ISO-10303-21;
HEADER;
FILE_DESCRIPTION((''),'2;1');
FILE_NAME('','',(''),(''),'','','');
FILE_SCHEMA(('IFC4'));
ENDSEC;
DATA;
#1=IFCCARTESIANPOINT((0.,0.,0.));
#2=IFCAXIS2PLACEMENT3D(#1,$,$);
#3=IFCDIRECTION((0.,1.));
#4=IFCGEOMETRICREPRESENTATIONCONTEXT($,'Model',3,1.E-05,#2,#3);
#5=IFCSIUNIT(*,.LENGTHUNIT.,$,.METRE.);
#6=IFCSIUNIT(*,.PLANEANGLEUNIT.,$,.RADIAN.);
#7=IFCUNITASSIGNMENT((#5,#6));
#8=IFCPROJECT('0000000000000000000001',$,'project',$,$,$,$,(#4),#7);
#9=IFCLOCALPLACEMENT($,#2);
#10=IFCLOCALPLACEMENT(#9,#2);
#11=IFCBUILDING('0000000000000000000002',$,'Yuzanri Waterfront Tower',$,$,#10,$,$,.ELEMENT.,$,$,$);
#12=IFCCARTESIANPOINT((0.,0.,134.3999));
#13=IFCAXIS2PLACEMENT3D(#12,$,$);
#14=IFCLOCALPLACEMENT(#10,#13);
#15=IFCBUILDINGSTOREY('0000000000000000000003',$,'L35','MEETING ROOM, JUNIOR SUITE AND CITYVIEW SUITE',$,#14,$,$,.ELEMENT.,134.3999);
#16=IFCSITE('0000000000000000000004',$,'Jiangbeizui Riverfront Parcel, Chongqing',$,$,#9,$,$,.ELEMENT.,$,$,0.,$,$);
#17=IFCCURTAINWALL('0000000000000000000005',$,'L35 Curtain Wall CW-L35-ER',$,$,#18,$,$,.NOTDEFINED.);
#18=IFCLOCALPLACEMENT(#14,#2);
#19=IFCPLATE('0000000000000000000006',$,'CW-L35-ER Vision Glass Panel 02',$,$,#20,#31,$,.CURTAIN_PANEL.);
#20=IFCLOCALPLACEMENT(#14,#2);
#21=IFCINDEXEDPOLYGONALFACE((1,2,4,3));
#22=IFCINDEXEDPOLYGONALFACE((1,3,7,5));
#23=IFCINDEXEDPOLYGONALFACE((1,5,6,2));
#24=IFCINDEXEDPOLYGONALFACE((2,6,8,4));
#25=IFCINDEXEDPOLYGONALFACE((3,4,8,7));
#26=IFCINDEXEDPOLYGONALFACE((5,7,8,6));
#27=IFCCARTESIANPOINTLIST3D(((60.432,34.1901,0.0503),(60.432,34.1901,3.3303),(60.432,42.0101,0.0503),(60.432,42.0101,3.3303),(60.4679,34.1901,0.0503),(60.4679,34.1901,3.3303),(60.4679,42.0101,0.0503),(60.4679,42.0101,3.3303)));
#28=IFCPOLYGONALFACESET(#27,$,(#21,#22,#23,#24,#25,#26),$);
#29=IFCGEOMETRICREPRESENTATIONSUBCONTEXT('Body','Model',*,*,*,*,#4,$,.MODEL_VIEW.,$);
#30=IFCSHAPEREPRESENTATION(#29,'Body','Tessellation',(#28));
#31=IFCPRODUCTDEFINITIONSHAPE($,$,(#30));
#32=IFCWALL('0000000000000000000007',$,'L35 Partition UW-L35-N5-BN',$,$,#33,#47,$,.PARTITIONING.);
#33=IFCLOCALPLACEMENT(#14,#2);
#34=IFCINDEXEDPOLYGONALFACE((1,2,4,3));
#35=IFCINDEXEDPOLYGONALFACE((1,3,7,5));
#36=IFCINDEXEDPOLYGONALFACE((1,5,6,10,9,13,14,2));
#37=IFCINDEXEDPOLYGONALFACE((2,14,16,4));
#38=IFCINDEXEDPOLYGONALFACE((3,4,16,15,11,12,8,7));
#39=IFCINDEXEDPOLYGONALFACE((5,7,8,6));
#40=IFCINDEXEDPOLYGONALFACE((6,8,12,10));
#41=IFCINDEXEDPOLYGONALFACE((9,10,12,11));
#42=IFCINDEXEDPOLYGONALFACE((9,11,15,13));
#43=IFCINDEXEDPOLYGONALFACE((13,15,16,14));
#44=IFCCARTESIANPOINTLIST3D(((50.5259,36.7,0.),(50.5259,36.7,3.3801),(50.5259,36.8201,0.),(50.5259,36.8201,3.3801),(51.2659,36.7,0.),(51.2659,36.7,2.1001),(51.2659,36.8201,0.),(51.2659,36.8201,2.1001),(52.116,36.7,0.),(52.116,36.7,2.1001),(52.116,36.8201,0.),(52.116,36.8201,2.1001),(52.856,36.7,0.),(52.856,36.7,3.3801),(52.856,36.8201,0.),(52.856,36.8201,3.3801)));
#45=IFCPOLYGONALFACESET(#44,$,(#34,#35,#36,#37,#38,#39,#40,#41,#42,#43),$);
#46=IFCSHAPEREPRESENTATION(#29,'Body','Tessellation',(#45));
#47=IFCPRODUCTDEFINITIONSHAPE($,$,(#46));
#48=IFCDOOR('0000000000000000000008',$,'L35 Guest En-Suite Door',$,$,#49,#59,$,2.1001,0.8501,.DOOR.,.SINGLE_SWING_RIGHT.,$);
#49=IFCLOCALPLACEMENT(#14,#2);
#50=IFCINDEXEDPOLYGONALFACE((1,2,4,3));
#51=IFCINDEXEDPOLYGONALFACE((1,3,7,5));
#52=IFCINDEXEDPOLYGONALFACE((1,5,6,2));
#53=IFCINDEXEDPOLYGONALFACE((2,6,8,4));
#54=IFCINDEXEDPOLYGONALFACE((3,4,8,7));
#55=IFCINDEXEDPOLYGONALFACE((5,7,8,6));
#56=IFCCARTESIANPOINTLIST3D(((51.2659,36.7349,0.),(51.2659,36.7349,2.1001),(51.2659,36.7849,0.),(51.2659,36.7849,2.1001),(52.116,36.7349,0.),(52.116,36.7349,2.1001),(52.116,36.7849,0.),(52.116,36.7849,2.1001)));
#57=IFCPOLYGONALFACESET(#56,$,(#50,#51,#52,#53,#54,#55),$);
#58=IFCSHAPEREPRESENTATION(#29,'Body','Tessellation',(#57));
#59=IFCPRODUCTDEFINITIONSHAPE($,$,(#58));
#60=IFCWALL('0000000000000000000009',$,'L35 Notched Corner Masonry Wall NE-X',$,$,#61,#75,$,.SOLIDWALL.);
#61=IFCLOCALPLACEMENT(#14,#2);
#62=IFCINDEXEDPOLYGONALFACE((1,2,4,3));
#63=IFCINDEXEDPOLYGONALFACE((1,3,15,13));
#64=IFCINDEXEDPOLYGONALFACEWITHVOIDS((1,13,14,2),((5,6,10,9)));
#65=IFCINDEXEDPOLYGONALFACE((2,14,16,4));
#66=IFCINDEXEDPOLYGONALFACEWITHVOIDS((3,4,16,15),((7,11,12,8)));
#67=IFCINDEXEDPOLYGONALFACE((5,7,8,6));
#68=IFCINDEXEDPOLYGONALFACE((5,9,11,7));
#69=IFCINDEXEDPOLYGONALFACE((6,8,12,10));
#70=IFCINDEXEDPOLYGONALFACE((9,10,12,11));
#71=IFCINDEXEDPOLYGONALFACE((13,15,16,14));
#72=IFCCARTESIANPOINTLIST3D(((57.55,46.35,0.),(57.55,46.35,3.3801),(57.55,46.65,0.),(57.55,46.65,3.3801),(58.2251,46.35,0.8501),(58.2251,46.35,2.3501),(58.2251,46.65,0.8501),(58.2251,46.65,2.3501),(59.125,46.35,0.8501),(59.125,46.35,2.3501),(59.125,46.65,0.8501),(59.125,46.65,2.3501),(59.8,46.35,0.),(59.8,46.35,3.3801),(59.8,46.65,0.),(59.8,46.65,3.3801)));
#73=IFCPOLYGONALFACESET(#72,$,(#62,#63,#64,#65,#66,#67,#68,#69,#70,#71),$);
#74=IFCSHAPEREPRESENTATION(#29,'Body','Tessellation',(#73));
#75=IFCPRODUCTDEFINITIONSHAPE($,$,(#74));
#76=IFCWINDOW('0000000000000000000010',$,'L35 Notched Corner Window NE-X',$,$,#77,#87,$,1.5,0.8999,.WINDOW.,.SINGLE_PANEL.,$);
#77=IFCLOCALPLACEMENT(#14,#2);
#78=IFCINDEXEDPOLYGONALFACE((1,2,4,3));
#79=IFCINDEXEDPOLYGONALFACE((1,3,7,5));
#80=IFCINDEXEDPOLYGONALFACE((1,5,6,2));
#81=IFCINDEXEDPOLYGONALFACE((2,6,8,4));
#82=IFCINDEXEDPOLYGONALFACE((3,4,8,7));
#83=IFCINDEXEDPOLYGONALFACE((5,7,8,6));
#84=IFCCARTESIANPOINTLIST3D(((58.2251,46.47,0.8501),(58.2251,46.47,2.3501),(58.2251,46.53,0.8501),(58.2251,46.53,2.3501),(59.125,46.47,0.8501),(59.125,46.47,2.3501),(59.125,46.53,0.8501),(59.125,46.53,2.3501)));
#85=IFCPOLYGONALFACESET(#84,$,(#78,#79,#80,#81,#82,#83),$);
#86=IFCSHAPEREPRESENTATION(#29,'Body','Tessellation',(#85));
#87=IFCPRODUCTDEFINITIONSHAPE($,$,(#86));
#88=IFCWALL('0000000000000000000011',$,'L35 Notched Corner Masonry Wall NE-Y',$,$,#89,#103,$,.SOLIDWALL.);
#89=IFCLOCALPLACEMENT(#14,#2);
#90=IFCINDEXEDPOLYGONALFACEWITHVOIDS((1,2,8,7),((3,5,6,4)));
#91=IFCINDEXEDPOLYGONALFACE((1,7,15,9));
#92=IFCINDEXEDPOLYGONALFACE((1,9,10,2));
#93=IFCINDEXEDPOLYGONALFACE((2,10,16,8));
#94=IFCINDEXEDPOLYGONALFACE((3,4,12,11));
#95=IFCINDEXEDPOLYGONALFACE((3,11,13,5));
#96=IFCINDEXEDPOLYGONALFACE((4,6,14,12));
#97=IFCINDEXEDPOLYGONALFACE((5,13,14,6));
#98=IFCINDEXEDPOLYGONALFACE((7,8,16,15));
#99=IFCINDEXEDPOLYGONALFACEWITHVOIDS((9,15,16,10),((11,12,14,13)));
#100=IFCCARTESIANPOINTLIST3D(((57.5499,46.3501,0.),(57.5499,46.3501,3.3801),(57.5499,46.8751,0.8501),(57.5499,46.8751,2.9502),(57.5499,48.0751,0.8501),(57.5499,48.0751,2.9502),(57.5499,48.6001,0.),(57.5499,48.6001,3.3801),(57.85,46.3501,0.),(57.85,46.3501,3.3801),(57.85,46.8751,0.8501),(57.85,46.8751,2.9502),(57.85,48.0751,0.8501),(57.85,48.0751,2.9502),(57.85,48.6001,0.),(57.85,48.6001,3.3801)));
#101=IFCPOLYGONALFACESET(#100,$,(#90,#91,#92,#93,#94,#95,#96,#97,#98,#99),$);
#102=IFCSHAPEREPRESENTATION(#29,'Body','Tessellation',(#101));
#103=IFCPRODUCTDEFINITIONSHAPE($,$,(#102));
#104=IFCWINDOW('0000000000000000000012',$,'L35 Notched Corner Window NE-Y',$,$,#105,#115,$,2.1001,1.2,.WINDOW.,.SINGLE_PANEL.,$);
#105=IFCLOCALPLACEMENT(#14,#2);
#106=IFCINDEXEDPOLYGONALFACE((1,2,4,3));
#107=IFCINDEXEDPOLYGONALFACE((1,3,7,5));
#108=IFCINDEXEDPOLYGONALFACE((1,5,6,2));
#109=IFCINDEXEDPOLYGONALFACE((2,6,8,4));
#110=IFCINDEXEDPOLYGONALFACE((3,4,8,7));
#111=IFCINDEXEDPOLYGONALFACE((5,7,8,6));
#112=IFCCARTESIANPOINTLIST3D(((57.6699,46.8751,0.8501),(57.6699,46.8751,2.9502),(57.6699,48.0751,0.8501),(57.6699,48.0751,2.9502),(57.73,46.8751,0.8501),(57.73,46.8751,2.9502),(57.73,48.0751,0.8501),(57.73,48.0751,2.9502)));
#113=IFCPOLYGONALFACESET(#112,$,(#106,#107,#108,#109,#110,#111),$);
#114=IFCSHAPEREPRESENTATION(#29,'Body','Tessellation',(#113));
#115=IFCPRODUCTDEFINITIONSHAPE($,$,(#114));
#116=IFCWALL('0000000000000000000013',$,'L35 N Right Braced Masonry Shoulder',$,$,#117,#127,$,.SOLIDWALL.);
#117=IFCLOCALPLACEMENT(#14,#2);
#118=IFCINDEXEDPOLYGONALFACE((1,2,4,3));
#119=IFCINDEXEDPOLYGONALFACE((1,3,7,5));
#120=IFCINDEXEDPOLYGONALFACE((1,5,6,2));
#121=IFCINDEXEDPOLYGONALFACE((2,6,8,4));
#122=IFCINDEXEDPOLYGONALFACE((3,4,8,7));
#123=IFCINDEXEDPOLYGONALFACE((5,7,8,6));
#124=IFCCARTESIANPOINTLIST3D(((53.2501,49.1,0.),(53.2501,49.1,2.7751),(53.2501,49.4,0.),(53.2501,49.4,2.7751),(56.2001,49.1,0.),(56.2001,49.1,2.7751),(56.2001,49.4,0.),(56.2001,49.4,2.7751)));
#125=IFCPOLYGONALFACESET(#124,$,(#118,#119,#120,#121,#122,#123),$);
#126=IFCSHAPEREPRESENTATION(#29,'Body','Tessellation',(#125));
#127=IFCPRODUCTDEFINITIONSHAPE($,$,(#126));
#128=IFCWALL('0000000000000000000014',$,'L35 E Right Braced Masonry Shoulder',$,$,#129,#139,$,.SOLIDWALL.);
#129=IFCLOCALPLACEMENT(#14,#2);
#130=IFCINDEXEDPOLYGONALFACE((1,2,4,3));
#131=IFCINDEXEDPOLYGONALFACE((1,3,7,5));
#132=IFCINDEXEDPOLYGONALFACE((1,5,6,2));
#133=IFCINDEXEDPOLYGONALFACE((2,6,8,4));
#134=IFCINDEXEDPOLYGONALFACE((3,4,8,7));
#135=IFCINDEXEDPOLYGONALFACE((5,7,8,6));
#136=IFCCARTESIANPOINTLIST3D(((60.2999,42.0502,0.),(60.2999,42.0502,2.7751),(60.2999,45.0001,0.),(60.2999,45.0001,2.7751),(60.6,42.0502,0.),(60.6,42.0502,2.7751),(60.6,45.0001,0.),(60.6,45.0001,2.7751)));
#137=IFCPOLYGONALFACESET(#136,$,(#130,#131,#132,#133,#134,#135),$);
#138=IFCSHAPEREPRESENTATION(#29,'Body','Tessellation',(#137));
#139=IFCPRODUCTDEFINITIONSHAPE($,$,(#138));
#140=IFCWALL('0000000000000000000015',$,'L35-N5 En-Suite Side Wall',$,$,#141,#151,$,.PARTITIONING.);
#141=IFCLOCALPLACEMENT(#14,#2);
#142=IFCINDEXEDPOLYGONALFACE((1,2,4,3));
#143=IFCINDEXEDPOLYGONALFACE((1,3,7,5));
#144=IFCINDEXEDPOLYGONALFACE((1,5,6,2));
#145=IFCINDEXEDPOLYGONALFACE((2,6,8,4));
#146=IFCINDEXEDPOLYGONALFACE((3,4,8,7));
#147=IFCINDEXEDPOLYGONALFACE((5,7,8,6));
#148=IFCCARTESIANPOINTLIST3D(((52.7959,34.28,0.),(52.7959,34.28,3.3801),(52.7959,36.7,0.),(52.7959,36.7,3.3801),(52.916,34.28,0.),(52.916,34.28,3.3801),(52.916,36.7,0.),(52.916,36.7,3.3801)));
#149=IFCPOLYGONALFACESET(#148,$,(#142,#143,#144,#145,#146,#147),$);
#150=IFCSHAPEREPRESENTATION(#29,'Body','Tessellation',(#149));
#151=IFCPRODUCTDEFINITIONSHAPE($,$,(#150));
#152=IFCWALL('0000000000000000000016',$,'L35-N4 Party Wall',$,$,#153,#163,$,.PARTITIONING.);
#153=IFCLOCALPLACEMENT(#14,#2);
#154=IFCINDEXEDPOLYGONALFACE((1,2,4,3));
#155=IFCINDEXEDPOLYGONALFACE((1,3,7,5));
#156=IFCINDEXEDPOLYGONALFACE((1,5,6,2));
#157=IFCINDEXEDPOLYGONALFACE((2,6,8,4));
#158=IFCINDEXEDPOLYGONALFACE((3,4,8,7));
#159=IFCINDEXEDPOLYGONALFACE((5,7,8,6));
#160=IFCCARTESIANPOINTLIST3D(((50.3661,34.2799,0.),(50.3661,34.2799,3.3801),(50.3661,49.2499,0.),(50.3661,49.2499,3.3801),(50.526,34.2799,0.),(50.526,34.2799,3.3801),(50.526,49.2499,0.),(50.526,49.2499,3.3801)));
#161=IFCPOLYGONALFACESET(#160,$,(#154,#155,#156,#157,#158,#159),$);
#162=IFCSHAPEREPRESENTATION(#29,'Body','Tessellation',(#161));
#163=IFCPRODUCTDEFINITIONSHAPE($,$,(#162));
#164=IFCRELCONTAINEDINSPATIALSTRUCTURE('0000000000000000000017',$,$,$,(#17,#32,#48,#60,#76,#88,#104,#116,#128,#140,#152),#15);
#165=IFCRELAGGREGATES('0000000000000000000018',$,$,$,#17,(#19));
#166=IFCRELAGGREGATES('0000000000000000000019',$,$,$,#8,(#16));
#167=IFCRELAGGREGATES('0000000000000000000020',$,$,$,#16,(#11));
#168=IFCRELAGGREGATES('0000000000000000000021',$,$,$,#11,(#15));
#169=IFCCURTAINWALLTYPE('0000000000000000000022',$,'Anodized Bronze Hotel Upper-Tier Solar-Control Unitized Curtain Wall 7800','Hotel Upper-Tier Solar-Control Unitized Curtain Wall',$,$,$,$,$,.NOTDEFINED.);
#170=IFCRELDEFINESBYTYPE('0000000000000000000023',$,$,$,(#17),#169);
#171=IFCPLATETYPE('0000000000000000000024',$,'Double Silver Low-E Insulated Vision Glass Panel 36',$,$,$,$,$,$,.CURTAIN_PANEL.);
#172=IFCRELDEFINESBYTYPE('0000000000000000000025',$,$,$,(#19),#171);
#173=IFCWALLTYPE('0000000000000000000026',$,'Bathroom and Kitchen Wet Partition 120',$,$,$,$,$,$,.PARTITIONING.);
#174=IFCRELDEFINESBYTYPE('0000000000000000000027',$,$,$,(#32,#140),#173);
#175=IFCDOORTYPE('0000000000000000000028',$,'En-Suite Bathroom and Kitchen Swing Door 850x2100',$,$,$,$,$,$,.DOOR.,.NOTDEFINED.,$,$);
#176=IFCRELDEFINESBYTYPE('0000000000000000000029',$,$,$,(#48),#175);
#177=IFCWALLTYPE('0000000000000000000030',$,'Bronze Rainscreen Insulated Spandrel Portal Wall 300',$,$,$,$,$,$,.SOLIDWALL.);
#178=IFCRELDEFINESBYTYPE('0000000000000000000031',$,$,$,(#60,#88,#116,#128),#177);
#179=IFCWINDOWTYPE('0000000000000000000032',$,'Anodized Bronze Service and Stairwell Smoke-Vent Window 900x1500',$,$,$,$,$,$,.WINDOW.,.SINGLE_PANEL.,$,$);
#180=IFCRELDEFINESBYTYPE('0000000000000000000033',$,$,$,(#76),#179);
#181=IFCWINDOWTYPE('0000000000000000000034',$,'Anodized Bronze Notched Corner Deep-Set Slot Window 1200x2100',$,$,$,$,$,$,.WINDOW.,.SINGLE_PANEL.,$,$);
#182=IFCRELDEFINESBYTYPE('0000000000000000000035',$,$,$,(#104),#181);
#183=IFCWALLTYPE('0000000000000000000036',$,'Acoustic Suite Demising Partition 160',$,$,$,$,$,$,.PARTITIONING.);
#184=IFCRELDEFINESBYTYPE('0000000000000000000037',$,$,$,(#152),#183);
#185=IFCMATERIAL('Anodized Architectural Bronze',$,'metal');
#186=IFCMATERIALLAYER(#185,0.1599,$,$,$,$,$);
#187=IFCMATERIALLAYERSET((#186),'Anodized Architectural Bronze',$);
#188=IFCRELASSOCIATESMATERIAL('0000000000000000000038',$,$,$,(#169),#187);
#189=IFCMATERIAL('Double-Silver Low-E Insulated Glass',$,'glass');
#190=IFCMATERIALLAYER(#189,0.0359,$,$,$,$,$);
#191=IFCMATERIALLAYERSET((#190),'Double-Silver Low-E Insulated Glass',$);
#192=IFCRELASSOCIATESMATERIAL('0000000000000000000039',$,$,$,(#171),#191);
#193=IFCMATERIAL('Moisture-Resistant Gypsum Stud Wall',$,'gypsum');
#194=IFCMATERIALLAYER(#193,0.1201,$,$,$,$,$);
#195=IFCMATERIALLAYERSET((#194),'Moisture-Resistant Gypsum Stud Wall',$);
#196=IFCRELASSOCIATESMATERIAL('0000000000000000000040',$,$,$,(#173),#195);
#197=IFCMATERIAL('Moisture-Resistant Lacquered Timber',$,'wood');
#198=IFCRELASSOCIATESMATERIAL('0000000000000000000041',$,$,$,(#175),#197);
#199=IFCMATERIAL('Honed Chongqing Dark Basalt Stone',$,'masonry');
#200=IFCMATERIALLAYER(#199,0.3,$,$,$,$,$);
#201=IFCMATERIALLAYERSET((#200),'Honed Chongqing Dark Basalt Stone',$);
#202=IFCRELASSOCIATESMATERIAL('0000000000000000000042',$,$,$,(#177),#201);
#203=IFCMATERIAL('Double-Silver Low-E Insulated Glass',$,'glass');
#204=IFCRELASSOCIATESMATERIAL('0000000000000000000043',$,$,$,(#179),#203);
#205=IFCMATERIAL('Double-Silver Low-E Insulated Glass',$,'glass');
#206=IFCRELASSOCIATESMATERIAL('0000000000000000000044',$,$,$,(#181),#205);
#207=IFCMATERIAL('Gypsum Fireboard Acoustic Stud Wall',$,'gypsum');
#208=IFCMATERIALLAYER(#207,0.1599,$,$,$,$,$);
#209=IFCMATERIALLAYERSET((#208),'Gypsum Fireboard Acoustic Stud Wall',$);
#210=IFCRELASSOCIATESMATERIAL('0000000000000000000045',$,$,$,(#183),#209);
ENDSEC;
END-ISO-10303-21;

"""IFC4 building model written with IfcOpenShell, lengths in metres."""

from ifc_helpers import new_model, si_unit, direction, frame, frame_2d, origin, origin_2d, place, context, subcontext, project, spatial, rectangle, extrude, source, transform, mapped, material, layer, layer_set, type_object, element, fill, aggregate, save


model = new_model("IFC4")

# Units and contexts
model_context = context("Model", 3, precision=1e-05, world=origin(), true_north=direction((0.0, 1.0)))
body_context = subcontext(model_context, "Body", "Model", "MODEL_VIEW")
ifc_project = project(units=[si_unit("LENGTHUNIT", "METRE"), si_unit("PLANEANGLEUNIT", "RADIAN")], contexts=[model_context])

# Site, building, storey
site_placement = place(None, origin())
site = spatial("IfcSite", under=ifc_project, at=site_placement, Name="Jiangbeizui Riverfront Parcel, Chongqing", CompositionType="ELEMENT", RefElevation=0.0)
building_placement = place(site_placement, origin())
building = spatial("IfcBuilding", under=site, at=building_placement, Name="Yuzanri Waterfront Tower", CompositionType="ELEMENT")
storey_placement = place(building_placement, frame((0.0, 0.0, 134.3999)))
storey = spatial("IfcBuildingStorey", under=building, at=storey_placement, Name="L35", Description="MEETING ROOM, JUNIOR SUITE AND CITYVIEW SUITE", CompositionType="ELEMENT", Elevation=134.3999)

# Curtain wall
ifc_material_1 = material(Name="Anodized Architectural Bronze", Category="metal")
ifc_layer_1 = layer(ifc_material_1, 0.1599)
ifc_layer_set_1 = layer_set([ifc_layer_1], Name="Anodized Architectural Bronze")
curtain_wall_type = type_object("IfcCurtainWallType", Name="Anodized Bronze Hotel Upper-Tier Solar-Control Unitized Curtain Wall 7800", Description="Hotel Upper-Tier Solar-Control Unitized Curtain Wall", PredefinedType="NOTDEFINED", material=ifc_layer_set_1)
curtain_wall_1_placement = place(storey_placement, origin())
curtain_wall_1 = element("IfcCurtainWall", 1, at=curtain_wall_1_placement, inside=storey, type_object=curtain_wall_type, Name="L35 Curtain Wall CW-L35-ER", PredefinedType="NOTDEFINED")

# Plate
ifc_material_2 = material(Name="Double-Silver Low-E Insulated Glass", Category="glass")
ifc_layer_2 = layer(ifc_material_2, 0.0359)
ifc_layer_set_2 = layer_set([ifc_layer_2], Name="Double-Silver Low-E Insulated Glass")
plate_type_1 = type_object("IfcPlateType", Name="Double Silver Low-E Insulated Vision Glass Panel 36", PredefinedType="CURTAIN_PANEL", material=ifc_layer_set_2)
shared_shape_1 = source(origin(), body_context, "Body", "SweptSolid", [
    extrude(rectangle(XDim=7.8201, YDim=0.0359, at=origin_2d()), origin(), (0.0, 0.0, 1.0), 3.28),
])
plate_placement = place(storey_placement, frame((60.45, 38.1001, 0.0503), z_axis=(0.0, 0.0, 1.0), x_axis=(0.0, 1.0, 0.0)))
plate = element("IfcPlate", 2, at=plate_placement, type_object=plate_type_1, Name="CW-L35-ER Vision Glass Panel 02", PredefinedType="CURTAIN_PANEL", context=body_context, shape_type="MappedRepresentation", body=[
    mapped(shared_shape_1, transform((0.0, 0.0, 0.0), scale=1.0)),
])
aggregate(curtain_wall_1, [plate])

# Wall, opening, door
ifc_material_3 = material(Name="Moisture-Resistant Gypsum Stud Wall", Category="gypsum")
ifc_layer_3 = layer(ifc_material_3, 0.1201)
ifc_layer_set_3 = layer_set([ifc_layer_3], Name="Moisture-Resistant Gypsum Stud Wall")
wall_type_1 = type_object("IfcWallType", Name="Bathroom and Kitchen Wet Partition 120", PredefinedType="PARTITIONING", material=ifc_layer_set_3)
wall_1_placement = place(storey_placement, frame((50.5259, 36.76, 0.0), z_axis=(0.0, 0.0, 1.0), x_axis=(1.0, 0.0, 0.0)))
wall_1 = element("IfcWall", 3, at=wall_1_placement, inside=storey, type_object=wall_type_1, Name="L35 Partition UW-L35-N5-BN", PredefinedType="PARTITIONING", context=body_context, shape_type="SweptSolid", body=[
    extrude(rectangle(XDim=2.3301, YDim=0.1201, at=frame_2d((1.165, 0.0))), origin(), (0.0, 0.0, 1.0), 3.3801),
])
opening_1_placement = place(wall_1_placement, frame((0.74, 0.0, 0.0)))
opening_1 = element("IfcOpeningElement", 4, at=opening_1_placement, cuts=wall_1, PredefinedType="OPENING", context=body_context, shape_type="SweptSolid", body=[
    extrude(rectangle(XDim=0.8501, YDim=2.1001, at=frame_2d((0.425, 1.05))), frame((0.0, 0.075, 0.0), z_axis=(0.0, -1.0, 0.0), x_axis=(1.0, 0.0, 0.0)), (0.0, 0.0, 1.0), 0.1499),
])
ifc_material_4 = material(Name="Moisture-Resistant Lacquered Timber", Category="wood")
door_type = type_object("IfcDoorType", Name="En-Suite Bathroom and Kitchen Swing Door 850x2100", OperationType="NOTDEFINED", PredefinedType="DOOR", material=ifc_material_4)
shared_shape_2 = source(origin(), body_context, "Body", "SweptSolid", [
    extrude(rectangle(XDim=0.8501, YDim=2.1001, at=frame_2d((0.425, 1.05))), frame((0.0, 0.0249, 0.0), z_axis=(0.0, -1.0, 0.0), x_axis=(1.0, 0.0, 0.0)), (0.0, 0.0, 1.0), 0.05),
])
door_placement = place(opening_1_placement, origin())
door = element("IfcDoor", 5, at=door_placement, inside=storey, type_object=door_type, Name="L35 Guest En-Suite Door", OperationType="SINGLE_SWING_RIGHT", OverallHeight=2.1001, OverallWidth=0.8501, PredefinedType="DOOR", context=body_context, shape_type="MappedRepresentation", body=[
    mapped(shared_shape_2, transform((0.0, 0.0, 0.0), scale=1.0)),
])
fill(opening_1, door)

# Walls, openings, windows
ifc_material_5 = material(Name="Honed Chongqing Dark Basalt Stone", Category="masonry")
ifc_layer_4 = layer(ifc_material_5, 0.3)
ifc_layer_set_4 = layer_set([ifc_layer_4], Name="Honed Chongqing Dark Basalt Stone")
wall_type_2 = type_object("IfcWallType", Name="Bronze Rainscreen Insulated Spandrel Portal Wall 300", PredefinedType="SOLIDWALL", material=ifc_layer_set_4)
wall_2_placement = place(storey_placement, frame((59.8, 46.5, 0.0), z_axis=(0.0, 0.0, 1.0), x_axis=(-1.0, 0.0, 0.0)))
wall_2 = element("IfcWall", 6, at=wall_2_placement, inside=storey, type_object=wall_type_2, Name="L35 Notched Corner Masonry Wall NE-X", PredefinedType="SOLIDWALL", context=body_context, shape_type="SweptSolid", body=[
    extrude(rectangle(XDim=2.25, YDim=0.3, at=frame_2d((1.125, 0.0))), origin(), (0.0, 0.0, 1.0), 3.3801),
])
opening_2_placement = place(wall_2_placement, frame((0.675, 0.0, 0.8501)))
opening_2 = element("IfcOpeningElement", 7, at=opening_2_placement, cuts=wall_2, PredefinedType="OPENING", context=body_context, shape_type="SweptSolid", body=[
    extrude(rectangle(XDim=0.8999, YDim=1.5, at=frame_2d((0.45, 0.75))), frame((0.0, 0.165, 0.0), z_axis=(0.0, -1.0, 0.0), x_axis=(1.0, 0.0, 0.0)), (0.0, 0.0, 1.0), 0.3298),
])
ifc_material_6 = material(Name="Double-Silver Low-E Insulated Glass", Category="glass")
window_type_1 = type_object("IfcWindowType", Name="Anodized Bronze Service and Stairwell Smoke-Vent Window 900x1500", PartitioningType="SINGLE_PANEL", PredefinedType="WINDOW", material=ifc_material_6)
shared_shape_3 = source(origin(), body_context, "Body", "SweptSolid", [
    extrude(rectangle(XDim=0.8999, YDim=1.5, at=frame_2d((0.45, 0.75))), frame((0.0, 0.03, 0.0), z_axis=(0.0, -1.0, 0.0), x_axis=(1.0, 0.0, 0.0)), (0.0, 0.0, 1.0), 0.0601),
])
window_1_placement = place(opening_2_placement, origin())
window_1 = element("IfcWindow", 8, at=window_1_placement, inside=storey, type_object=window_type_1, Name="L35 Notched Corner Window NE-X", OverallHeight=1.5, OverallWidth=0.8999, PartitioningType="SINGLE_PANEL", PredefinedType="WINDOW", context=body_context, shape_type="MappedRepresentation", body=[
    mapped(shared_shape_3, transform((0.0, 0.0, 0.0), scale=1.0)),
])
fill(opening_2, window_1)
wall_3_placement = place(storey_placement, frame((57.7, 46.3501, 0.0), z_axis=(0.0, 0.0, 1.0), x_axis=(0.0, 1.0, 0.0)))
wall_3 = element("IfcWall", 9, at=wall_3_placement, inside=storey, type_object=wall_type_2, Name="L35 Notched Corner Masonry Wall NE-Y", PredefinedType="SOLIDWALL", context=body_context, shape_type="SweptSolid", body=[
    extrude(rectangle(XDim=2.25, YDim=0.3, at=frame_2d((1.125, 0.0))), origin(), (0.0, 0.0, 1.0), 3.3801),
])
opening_3_placement = place(wall_3_placement, frame((0.5249, 0.0, 0.8501)))
opening_3 = element("IfcOpeningElement", 10, at=opening_3_placement, cuts=wall_3, PredefinedType="OPENING", context=body_context, shape_type="SweptSolid", body=[
    extrude(rectangle(XDim=1.2, YDim=2.1001, at=frame_2d((0.6001, 1.05))), frame((0.0, 0.165, 0.0), z_axis=(0.0, -1.0, 0.0), x_axis=(1.0, 0.0, 0.0)), (0.0, 0.0, 1.0), 0.3298),
])
ifc_material_7 = material(Name="Double-Silver Low-E Insulated Glass", Category="glass")
window_type_2 = type_object("IfcWindowType", Name="Anodized Bronze Notched Corner Deep-Set Slot Window 1200x2100", PartitioningType="SINGLE_PANEL", PredefinedType="WINDOW", material=ifc_material_7)
shared_shape_4 = source(origin(), body_context, "Body", "SweptSolid", [
    extrude(rectangle(XDim=1.2, YDim=2.1001, at=frame_2d((0.6001, 1.05))), frame((0.0, 0.03, 0.0), z_axis=(0.0, -1.0, 0.0), x_axis=(1.0, 0.0, 0.0)), (0.0, 0.0, 1.0), 0.0601),
])
window_2_placement = place(opening_3_placement, origin())
window_2 = element("IfcWindow", 11, at=window_2_placement, inside=storey, type_object=window_type_2, Name="L35 Notched Corner Window NE-Y", OverallHeight=2.1001, OverallWidth=1.2, PartitioningType="SINGLE_PANEL", PredefinedType="WINDOW", context=body_context, shape_type="MappedRepresentation", body=[
    mapped(shared_shape_4, transform((0.0, 0.0, 0.0), scale=1.0)),
])
fill(opening_3, window_2)

# Walls
shared_shape_5 = source(origin(), body_context, "Body", "SweptSolid", [
    extrude(rectangle(XDim=2.95, YDim=0.3, at=frame_2d((1.4751, 0.0))), origin(), (0.0, 0.0, 1.0), 2.7751),
])
for number, where, z_axis, x_axis, name in (
    (12, (53.25, 49.25, 0.0), (0.0, 0.0, 1.0), (1.0, 0.0, 0.0), "L35 N Right Braced Masonry Shoulder"),
    (13, (60.45, 42.05, 0.0), (0.0, 0.0, 1.0), (0.0, 1.0, 0.0), "L35 E Right Braced Masonry Shoulder"),
):
    element("IfcWall", number, at=place(storey_placement, frame(where, z_axis=z_axis, x_axis=x_axis)), inside=storey, type_object=wall_type_2, Name=name, PredefinedType="SOLIDWALL", context=body_context, shape_type="MappedRepresentation", body=[
        mapped(shared_shape_5, transform((0.0, 0.0, 0.0), scale=1.0)),
    ])
shared_shape_6 = source(origin(), body_context, "Body", "SweptSolid", [
    extrude(rectangle(XDim=2.4199, YDim=0.1201, at=frame_2d((1.21, 0.0))), origin(), (0.0, 0.0, 1.0), 3.3801),
])
wall_4_placement = place(storey_placement, frame((52.856, 34.28, 0.0), z_axis=(0.0, 0.0, 1.0), x_axis=(0.0, 1.0, 0.0)))
element("IfcWall", 14, at=wall_4_placement, inside=storey, type_object=wall_type_1, Name="L35-N5 En-Suite Side Wall", PredefinedType="PARTITIONING", context=body_context, shape_type="MappedRepresentation", body=[
    mapped(shared_shape_6, transform((0.0, 0.0, 0.0), scale=1.0)),
])
ifc_material_8 = material(Name="Gypsum Fireboard Acoustic Stud Wall", Category="gypsum")
ifc_layer_5 = layer(ifc_material_8, 0.1599)
ifc_layer_set_5 = layer_set([ifc_layer_5], Name="Gypsum Fireboard Acoustic Stud Wall")
wall_type_3 = type_object("IfcWallType", Name="Acoustic Suite Demising Partition 160", PredefinedType="PARTITIONING", material=ifc_layer_set_5)
shared_shape_7 = source(origin(), body_context, "Body", "SweptSolid", [
    extrude(rectangle(XDim=14.97, YDim=0.1599, at=frame_2d((7.4849, 0.0))), origin(), (0.0, 0.0, 1.0), 3.3801),
])
wall_5_placement = place(storey_placement, frame((50.446, 34.28, 0.0), z_axis=(0.0, 0.0, 1.0), x_axis=(0.0, 1.0, 0.0)))
element("IfcWall", 15, at=wall_5_placement, inside=storey, type_object=wall_type_3, Name="L35-N4 Party Wall", PredefinedType="PARTITIONING", context=body_context, shape_type="MappedRepresentation", body=[
    mapped(shared_shape_7, transform((0.0, 0.0, 0.0), scale=1.0)),
])

save(model, "model.ifc")
